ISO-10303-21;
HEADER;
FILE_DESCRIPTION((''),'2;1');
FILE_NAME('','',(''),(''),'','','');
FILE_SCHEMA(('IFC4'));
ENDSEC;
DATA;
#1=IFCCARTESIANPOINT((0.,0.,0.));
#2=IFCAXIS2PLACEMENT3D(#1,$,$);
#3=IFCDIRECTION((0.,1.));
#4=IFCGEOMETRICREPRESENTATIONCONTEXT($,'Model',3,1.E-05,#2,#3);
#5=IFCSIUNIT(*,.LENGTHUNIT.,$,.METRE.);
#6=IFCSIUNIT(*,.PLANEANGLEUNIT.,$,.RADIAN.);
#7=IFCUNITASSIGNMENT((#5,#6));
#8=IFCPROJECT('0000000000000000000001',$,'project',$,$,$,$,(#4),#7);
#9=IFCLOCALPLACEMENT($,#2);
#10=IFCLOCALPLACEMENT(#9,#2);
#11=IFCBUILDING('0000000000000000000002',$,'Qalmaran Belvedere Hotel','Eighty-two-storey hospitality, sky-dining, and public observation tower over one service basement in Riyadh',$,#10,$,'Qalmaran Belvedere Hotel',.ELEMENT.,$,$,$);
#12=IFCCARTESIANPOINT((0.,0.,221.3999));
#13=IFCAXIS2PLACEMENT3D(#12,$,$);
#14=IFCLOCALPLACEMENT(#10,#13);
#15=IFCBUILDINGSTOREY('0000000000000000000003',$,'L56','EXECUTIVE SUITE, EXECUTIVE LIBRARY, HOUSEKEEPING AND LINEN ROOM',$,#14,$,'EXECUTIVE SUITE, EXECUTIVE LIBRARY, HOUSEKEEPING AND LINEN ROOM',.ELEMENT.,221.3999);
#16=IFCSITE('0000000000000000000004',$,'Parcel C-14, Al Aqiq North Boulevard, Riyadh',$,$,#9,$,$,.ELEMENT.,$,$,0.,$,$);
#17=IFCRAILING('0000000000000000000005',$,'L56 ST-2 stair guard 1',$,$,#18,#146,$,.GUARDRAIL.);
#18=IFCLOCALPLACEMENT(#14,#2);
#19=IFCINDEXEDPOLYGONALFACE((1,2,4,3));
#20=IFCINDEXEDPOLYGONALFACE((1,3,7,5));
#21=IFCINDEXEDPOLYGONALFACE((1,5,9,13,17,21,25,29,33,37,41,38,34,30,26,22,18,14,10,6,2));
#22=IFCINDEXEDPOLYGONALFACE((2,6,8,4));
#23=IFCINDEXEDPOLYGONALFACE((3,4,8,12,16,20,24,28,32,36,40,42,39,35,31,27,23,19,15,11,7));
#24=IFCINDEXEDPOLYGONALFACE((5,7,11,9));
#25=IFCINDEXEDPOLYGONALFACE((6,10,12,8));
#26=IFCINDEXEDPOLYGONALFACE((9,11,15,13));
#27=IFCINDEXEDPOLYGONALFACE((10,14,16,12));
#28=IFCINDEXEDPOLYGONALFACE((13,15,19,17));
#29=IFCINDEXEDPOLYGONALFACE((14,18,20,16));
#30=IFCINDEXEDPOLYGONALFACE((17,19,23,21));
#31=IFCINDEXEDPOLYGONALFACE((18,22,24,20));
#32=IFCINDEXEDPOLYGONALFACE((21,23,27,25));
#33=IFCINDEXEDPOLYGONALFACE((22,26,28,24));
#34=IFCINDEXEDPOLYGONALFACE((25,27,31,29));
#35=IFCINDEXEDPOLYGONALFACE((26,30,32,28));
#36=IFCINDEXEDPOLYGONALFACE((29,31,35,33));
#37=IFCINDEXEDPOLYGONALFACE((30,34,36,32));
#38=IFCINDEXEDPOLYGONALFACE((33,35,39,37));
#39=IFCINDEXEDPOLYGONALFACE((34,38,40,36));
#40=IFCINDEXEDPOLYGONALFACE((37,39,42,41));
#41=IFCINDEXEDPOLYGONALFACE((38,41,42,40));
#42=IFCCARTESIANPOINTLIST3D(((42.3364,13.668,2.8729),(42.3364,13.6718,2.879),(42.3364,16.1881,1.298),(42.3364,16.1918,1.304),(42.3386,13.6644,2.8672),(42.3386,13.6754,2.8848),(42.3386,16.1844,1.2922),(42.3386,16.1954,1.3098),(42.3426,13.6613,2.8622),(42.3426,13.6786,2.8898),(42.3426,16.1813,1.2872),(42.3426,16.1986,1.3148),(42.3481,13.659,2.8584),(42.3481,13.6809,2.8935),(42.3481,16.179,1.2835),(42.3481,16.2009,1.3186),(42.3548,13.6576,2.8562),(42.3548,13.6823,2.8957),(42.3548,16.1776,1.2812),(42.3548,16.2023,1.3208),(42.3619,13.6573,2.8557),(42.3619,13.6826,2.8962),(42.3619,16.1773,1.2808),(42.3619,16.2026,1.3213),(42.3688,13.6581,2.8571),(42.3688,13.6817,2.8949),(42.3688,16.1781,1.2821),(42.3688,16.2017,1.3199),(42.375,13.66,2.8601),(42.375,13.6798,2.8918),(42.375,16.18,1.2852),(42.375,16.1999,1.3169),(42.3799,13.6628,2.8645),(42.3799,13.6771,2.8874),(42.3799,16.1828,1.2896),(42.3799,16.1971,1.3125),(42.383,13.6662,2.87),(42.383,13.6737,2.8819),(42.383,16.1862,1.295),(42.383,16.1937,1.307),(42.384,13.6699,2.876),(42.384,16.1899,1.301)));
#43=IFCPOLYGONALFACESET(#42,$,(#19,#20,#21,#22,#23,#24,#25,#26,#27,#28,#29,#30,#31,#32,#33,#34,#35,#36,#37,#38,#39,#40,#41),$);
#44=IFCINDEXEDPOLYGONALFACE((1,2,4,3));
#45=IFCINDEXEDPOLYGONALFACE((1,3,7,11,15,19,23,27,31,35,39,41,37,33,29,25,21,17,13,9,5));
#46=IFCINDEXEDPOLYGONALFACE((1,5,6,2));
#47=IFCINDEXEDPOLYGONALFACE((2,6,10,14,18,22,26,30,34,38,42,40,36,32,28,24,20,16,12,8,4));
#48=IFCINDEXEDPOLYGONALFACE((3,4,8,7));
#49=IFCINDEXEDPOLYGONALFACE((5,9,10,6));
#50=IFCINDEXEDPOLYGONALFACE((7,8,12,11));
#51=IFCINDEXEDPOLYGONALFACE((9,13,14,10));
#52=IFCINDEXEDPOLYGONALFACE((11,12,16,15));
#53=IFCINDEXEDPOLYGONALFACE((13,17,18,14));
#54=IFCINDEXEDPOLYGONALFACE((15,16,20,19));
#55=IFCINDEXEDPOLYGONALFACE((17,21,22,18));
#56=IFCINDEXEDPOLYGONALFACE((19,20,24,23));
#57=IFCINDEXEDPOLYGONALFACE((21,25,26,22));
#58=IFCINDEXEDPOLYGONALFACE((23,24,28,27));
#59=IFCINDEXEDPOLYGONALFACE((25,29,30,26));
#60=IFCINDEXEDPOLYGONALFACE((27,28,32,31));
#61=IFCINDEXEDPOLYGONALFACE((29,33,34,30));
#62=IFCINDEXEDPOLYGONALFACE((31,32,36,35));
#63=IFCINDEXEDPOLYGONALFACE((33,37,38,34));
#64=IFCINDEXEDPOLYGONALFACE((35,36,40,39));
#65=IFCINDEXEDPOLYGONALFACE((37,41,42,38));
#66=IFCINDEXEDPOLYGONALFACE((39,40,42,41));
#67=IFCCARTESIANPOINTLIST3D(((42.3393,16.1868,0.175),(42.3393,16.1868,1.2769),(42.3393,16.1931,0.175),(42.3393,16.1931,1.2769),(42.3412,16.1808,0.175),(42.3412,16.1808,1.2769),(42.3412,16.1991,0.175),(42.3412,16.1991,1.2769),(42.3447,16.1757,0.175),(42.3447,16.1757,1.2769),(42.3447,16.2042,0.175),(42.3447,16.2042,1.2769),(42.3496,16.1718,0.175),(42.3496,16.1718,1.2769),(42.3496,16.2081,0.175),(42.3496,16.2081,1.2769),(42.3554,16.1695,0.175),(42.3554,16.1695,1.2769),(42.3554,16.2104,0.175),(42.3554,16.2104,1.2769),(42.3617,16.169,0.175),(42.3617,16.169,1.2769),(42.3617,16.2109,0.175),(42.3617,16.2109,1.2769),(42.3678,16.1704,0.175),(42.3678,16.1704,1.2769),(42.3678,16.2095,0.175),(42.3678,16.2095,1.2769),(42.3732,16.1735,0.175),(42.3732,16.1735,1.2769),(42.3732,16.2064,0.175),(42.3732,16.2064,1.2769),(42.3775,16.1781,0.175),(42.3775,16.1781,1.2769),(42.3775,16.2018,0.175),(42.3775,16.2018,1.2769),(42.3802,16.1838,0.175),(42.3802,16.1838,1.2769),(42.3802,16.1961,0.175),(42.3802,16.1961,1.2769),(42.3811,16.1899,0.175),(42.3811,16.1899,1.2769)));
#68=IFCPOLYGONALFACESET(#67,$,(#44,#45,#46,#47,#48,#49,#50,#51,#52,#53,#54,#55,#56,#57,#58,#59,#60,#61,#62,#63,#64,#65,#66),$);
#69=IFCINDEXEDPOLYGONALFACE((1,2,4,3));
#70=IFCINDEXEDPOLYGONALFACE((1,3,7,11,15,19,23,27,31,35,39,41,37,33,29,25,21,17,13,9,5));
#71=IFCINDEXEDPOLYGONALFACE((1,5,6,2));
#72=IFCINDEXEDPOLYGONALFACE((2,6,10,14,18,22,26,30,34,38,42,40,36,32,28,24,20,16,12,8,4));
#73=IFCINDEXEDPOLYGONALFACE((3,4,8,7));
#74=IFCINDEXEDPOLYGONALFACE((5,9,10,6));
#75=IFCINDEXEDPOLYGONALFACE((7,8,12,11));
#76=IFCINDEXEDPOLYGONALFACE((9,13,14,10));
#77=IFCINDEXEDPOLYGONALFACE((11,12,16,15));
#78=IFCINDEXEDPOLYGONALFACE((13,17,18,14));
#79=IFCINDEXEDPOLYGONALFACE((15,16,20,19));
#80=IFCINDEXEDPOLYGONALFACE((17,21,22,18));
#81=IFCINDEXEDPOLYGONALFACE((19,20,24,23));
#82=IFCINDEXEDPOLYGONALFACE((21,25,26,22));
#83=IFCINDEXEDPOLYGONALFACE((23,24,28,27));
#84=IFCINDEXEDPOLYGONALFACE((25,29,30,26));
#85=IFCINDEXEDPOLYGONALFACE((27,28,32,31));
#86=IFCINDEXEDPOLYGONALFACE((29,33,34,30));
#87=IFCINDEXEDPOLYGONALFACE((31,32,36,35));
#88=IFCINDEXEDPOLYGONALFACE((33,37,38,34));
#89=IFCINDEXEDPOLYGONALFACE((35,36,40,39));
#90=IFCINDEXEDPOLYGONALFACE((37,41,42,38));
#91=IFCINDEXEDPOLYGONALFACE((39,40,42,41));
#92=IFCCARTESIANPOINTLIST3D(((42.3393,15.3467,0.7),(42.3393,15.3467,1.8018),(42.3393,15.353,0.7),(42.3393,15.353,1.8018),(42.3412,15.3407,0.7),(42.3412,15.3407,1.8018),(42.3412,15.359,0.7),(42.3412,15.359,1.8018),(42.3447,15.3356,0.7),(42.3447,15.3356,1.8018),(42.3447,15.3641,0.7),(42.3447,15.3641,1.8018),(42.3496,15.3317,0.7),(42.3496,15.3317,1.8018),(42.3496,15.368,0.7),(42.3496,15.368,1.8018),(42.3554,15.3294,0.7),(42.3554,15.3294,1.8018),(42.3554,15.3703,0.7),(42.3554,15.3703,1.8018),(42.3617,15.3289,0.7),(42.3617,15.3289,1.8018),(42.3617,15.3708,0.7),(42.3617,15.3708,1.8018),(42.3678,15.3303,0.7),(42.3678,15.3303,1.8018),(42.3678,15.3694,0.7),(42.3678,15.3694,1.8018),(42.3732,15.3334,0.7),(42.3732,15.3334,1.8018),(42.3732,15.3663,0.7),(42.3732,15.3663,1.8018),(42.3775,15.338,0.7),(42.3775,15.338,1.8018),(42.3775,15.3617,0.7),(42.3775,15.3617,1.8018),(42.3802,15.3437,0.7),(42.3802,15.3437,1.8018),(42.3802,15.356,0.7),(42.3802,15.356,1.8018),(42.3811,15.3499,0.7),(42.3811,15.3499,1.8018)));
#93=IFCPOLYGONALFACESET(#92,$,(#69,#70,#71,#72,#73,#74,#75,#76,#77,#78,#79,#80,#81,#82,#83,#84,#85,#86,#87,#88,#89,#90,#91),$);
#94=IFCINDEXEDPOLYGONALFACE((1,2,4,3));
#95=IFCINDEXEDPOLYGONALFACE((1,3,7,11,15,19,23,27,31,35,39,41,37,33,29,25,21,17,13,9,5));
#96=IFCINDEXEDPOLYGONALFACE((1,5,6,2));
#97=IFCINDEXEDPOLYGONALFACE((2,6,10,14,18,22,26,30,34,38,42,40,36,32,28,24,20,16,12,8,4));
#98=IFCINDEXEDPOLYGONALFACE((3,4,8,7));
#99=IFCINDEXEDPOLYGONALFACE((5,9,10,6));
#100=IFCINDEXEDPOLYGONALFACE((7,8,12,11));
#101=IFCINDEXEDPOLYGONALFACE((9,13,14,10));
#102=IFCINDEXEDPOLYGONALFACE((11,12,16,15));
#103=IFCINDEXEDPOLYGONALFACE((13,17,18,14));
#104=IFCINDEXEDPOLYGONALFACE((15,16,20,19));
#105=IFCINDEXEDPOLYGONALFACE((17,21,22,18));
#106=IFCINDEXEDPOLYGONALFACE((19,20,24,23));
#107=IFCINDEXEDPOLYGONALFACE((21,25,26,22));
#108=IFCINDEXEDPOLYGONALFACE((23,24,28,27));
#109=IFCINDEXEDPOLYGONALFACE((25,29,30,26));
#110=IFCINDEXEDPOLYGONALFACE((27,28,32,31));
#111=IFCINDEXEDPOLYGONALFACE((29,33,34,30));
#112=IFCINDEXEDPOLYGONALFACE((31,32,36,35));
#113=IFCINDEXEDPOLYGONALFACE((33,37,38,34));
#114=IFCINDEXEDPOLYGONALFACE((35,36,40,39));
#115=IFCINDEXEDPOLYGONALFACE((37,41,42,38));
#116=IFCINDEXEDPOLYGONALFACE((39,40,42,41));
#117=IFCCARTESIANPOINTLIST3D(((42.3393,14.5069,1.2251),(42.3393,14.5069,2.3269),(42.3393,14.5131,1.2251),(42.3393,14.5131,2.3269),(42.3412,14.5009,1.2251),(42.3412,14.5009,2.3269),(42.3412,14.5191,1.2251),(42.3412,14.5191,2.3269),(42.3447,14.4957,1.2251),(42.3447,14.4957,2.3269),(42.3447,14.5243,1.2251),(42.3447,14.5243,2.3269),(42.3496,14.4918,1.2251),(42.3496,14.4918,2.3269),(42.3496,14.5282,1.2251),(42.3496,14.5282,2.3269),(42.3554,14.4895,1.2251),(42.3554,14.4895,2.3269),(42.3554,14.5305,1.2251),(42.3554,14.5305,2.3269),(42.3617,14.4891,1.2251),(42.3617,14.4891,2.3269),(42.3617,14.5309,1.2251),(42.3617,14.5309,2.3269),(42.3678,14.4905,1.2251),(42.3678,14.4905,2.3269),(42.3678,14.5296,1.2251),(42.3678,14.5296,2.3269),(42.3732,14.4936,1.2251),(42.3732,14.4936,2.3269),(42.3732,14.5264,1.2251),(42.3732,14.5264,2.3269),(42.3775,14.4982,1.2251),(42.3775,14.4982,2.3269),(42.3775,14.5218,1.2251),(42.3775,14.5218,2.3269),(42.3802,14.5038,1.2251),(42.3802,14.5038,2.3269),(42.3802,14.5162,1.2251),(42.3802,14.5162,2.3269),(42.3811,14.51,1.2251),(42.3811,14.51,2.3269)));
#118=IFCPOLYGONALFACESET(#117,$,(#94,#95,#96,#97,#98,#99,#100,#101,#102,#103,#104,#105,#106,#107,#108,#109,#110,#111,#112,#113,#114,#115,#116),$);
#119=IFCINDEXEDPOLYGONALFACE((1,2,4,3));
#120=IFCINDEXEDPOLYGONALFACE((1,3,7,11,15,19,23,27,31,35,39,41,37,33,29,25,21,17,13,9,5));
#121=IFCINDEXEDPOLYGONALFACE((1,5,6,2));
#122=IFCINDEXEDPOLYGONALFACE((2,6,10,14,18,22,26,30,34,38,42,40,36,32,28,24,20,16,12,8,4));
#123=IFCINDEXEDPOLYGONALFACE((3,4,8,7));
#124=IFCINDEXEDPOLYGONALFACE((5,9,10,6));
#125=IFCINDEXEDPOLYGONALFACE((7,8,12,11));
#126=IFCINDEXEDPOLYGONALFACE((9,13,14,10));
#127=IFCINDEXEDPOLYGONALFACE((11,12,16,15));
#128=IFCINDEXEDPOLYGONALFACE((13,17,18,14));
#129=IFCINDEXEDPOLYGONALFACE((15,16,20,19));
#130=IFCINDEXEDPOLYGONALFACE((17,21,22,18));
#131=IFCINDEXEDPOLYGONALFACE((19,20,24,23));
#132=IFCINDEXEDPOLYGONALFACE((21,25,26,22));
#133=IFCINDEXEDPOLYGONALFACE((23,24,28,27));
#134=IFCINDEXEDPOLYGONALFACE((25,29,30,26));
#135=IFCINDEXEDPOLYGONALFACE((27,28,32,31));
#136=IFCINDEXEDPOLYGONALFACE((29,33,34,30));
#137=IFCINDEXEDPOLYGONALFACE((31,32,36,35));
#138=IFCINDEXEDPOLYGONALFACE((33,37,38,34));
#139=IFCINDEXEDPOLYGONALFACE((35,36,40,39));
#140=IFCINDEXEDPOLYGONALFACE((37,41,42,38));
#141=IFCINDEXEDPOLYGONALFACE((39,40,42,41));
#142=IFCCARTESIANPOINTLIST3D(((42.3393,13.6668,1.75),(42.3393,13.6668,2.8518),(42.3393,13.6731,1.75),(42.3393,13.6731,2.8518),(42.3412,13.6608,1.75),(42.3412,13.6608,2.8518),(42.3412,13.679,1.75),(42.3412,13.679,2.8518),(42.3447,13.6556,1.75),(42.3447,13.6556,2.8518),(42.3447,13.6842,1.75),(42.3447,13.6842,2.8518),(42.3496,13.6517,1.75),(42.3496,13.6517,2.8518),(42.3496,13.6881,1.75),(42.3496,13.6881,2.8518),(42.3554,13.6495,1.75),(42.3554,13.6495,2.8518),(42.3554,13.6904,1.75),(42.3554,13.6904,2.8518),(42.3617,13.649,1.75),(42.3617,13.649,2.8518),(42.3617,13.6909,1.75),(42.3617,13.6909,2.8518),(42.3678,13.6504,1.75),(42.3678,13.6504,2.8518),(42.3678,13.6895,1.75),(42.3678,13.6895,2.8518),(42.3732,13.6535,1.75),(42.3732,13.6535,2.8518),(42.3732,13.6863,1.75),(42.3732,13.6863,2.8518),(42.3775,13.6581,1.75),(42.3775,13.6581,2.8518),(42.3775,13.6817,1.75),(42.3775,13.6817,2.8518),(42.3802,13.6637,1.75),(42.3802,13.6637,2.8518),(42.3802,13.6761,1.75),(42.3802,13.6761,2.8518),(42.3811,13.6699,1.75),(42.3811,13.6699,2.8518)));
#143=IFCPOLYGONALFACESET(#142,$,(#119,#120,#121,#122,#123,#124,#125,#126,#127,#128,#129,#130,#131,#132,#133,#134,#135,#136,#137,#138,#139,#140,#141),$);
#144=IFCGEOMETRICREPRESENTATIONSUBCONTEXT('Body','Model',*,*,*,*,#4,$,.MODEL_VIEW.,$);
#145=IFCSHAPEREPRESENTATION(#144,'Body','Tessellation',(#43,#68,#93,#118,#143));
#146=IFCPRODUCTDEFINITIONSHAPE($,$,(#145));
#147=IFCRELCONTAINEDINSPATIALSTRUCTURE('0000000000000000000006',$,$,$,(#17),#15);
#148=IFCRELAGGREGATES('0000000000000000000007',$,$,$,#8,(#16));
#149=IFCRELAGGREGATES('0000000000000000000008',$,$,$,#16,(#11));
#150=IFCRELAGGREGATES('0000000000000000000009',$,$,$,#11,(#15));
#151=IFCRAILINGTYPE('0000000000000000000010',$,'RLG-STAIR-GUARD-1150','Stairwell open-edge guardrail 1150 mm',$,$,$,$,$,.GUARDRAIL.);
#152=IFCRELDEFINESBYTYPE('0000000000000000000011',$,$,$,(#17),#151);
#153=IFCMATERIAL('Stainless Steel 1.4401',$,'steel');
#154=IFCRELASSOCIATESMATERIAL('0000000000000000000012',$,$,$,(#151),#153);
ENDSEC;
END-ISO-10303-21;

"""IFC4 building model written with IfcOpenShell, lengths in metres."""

from ifc_helpers import new_model, si_unit, direction, frame, origin, origin_2d, place, context, subcontext, project, spatial, circle, extrude, material, type_object, element, save


model = new_model("IFC4")

# Units and contexts
model_context = context("Model", 3, precision=1e-05, world=origin(), true_north=direction((0.0, 1.0)))
body_context = subcontext(model_context, "Body", "Model", "MODEL_VIEW")
ifc_project = project(units=[si_unit("LENGTHUNIT", "METRE"), si_unit("PLANEANGLEUNIT", "RADIAN")], contexts=[model_context])

# Site, building, storey
site_placement = place(None, origin())
site = spatial("IfcSite", under=ifc_project, at=site_placement, Name="Parcel C-14, Al Aqiq North Boulevard, Riyadh", CompositionType="ELEMENT", RefElevation=0.0)
building_placement = place(site_placement, origin())
building = spatial("IfcBuilding", under=site, at=building_placement, Name="Qalmaran Belvedere Hotel", Description="Eighty-two-storey hospitality, sky-dining, and public observation tower over one service basement in Riyadh", LongName="Qalmaran Belvedere Hotel", CompositionType="ELEMENT")
storey_placement = place(building_placement, frame((0.0, 0.0, 221.3999)))
storey = spatial("IfcBuildingStorey", under=building, at=storey_placement, Name="L56", Description="EXECUTIVE SUITE, EXECUTIVE LIBRARY, HOUSEKEEPING AND LINEN ROOM", LongName="EXECUTIVE SUITE, EXECUTIVE LIBRARY, HOUSEKEEPING AND LINEN ROOM", CompositionType="ELEMENT", Elevation=221.3999)

# Shared definitions
ifc_material_1 = material(Name="Stainless Steel 1.4401", Category="steel")

# Railing
railing_type_1 = type_object("IfcRailingType", Name="RLG-STAIR-GUARD-1150", Description="Stairwell open-edge guardrail 1150 mm", PredefinedType="GUARDRAIL", material=ifc_material_1)
railing_1_placement = place(storey_placement, frame((42.3601, 16.1899, 0.175)))
element("IfcRailing", 1, at=railing_1_placement, inside=storey, type_object=railing_type_1, Name="L56 ST-2 stair guard 1", PredefinedType="GUARDRAIL", context=body_context, shape_type="SweptSolid", body=[
    extrude(circle(Radius=0.0239, at=origin_2d()), frame((0.0, 0.0, 1.126), z_axis=(0.0, -0.848008, 0.529984), x_axis=(1.0, 0.0, 0.0)), (0.0, 0.0, 1.0), 2.9717),
    extrude(circle(Radius=0.021, at=origin_2d()), origin(), (0.0, 0.0, 1.0), 1.1018),
    extrude(circle(Radius=0.021, at=origin_2d()), frame((0.0, -0.8401, 0.5249)), (0.0, 0.0, 1.0), 1.1018),
    extrude(circle(Radius=0.021, at=origin_2d()), frame((0.0, -1.6799, 1.05)), (0.0, 0.0, 1.0), 1.1018),
    extrude(circle(Radius=0.021, at=origin_2d()), frame((0.0, -2.52, 1.575)), (0.0, 0.0, 1.0), 1.1018),
])

save(model, "model.ifc")
